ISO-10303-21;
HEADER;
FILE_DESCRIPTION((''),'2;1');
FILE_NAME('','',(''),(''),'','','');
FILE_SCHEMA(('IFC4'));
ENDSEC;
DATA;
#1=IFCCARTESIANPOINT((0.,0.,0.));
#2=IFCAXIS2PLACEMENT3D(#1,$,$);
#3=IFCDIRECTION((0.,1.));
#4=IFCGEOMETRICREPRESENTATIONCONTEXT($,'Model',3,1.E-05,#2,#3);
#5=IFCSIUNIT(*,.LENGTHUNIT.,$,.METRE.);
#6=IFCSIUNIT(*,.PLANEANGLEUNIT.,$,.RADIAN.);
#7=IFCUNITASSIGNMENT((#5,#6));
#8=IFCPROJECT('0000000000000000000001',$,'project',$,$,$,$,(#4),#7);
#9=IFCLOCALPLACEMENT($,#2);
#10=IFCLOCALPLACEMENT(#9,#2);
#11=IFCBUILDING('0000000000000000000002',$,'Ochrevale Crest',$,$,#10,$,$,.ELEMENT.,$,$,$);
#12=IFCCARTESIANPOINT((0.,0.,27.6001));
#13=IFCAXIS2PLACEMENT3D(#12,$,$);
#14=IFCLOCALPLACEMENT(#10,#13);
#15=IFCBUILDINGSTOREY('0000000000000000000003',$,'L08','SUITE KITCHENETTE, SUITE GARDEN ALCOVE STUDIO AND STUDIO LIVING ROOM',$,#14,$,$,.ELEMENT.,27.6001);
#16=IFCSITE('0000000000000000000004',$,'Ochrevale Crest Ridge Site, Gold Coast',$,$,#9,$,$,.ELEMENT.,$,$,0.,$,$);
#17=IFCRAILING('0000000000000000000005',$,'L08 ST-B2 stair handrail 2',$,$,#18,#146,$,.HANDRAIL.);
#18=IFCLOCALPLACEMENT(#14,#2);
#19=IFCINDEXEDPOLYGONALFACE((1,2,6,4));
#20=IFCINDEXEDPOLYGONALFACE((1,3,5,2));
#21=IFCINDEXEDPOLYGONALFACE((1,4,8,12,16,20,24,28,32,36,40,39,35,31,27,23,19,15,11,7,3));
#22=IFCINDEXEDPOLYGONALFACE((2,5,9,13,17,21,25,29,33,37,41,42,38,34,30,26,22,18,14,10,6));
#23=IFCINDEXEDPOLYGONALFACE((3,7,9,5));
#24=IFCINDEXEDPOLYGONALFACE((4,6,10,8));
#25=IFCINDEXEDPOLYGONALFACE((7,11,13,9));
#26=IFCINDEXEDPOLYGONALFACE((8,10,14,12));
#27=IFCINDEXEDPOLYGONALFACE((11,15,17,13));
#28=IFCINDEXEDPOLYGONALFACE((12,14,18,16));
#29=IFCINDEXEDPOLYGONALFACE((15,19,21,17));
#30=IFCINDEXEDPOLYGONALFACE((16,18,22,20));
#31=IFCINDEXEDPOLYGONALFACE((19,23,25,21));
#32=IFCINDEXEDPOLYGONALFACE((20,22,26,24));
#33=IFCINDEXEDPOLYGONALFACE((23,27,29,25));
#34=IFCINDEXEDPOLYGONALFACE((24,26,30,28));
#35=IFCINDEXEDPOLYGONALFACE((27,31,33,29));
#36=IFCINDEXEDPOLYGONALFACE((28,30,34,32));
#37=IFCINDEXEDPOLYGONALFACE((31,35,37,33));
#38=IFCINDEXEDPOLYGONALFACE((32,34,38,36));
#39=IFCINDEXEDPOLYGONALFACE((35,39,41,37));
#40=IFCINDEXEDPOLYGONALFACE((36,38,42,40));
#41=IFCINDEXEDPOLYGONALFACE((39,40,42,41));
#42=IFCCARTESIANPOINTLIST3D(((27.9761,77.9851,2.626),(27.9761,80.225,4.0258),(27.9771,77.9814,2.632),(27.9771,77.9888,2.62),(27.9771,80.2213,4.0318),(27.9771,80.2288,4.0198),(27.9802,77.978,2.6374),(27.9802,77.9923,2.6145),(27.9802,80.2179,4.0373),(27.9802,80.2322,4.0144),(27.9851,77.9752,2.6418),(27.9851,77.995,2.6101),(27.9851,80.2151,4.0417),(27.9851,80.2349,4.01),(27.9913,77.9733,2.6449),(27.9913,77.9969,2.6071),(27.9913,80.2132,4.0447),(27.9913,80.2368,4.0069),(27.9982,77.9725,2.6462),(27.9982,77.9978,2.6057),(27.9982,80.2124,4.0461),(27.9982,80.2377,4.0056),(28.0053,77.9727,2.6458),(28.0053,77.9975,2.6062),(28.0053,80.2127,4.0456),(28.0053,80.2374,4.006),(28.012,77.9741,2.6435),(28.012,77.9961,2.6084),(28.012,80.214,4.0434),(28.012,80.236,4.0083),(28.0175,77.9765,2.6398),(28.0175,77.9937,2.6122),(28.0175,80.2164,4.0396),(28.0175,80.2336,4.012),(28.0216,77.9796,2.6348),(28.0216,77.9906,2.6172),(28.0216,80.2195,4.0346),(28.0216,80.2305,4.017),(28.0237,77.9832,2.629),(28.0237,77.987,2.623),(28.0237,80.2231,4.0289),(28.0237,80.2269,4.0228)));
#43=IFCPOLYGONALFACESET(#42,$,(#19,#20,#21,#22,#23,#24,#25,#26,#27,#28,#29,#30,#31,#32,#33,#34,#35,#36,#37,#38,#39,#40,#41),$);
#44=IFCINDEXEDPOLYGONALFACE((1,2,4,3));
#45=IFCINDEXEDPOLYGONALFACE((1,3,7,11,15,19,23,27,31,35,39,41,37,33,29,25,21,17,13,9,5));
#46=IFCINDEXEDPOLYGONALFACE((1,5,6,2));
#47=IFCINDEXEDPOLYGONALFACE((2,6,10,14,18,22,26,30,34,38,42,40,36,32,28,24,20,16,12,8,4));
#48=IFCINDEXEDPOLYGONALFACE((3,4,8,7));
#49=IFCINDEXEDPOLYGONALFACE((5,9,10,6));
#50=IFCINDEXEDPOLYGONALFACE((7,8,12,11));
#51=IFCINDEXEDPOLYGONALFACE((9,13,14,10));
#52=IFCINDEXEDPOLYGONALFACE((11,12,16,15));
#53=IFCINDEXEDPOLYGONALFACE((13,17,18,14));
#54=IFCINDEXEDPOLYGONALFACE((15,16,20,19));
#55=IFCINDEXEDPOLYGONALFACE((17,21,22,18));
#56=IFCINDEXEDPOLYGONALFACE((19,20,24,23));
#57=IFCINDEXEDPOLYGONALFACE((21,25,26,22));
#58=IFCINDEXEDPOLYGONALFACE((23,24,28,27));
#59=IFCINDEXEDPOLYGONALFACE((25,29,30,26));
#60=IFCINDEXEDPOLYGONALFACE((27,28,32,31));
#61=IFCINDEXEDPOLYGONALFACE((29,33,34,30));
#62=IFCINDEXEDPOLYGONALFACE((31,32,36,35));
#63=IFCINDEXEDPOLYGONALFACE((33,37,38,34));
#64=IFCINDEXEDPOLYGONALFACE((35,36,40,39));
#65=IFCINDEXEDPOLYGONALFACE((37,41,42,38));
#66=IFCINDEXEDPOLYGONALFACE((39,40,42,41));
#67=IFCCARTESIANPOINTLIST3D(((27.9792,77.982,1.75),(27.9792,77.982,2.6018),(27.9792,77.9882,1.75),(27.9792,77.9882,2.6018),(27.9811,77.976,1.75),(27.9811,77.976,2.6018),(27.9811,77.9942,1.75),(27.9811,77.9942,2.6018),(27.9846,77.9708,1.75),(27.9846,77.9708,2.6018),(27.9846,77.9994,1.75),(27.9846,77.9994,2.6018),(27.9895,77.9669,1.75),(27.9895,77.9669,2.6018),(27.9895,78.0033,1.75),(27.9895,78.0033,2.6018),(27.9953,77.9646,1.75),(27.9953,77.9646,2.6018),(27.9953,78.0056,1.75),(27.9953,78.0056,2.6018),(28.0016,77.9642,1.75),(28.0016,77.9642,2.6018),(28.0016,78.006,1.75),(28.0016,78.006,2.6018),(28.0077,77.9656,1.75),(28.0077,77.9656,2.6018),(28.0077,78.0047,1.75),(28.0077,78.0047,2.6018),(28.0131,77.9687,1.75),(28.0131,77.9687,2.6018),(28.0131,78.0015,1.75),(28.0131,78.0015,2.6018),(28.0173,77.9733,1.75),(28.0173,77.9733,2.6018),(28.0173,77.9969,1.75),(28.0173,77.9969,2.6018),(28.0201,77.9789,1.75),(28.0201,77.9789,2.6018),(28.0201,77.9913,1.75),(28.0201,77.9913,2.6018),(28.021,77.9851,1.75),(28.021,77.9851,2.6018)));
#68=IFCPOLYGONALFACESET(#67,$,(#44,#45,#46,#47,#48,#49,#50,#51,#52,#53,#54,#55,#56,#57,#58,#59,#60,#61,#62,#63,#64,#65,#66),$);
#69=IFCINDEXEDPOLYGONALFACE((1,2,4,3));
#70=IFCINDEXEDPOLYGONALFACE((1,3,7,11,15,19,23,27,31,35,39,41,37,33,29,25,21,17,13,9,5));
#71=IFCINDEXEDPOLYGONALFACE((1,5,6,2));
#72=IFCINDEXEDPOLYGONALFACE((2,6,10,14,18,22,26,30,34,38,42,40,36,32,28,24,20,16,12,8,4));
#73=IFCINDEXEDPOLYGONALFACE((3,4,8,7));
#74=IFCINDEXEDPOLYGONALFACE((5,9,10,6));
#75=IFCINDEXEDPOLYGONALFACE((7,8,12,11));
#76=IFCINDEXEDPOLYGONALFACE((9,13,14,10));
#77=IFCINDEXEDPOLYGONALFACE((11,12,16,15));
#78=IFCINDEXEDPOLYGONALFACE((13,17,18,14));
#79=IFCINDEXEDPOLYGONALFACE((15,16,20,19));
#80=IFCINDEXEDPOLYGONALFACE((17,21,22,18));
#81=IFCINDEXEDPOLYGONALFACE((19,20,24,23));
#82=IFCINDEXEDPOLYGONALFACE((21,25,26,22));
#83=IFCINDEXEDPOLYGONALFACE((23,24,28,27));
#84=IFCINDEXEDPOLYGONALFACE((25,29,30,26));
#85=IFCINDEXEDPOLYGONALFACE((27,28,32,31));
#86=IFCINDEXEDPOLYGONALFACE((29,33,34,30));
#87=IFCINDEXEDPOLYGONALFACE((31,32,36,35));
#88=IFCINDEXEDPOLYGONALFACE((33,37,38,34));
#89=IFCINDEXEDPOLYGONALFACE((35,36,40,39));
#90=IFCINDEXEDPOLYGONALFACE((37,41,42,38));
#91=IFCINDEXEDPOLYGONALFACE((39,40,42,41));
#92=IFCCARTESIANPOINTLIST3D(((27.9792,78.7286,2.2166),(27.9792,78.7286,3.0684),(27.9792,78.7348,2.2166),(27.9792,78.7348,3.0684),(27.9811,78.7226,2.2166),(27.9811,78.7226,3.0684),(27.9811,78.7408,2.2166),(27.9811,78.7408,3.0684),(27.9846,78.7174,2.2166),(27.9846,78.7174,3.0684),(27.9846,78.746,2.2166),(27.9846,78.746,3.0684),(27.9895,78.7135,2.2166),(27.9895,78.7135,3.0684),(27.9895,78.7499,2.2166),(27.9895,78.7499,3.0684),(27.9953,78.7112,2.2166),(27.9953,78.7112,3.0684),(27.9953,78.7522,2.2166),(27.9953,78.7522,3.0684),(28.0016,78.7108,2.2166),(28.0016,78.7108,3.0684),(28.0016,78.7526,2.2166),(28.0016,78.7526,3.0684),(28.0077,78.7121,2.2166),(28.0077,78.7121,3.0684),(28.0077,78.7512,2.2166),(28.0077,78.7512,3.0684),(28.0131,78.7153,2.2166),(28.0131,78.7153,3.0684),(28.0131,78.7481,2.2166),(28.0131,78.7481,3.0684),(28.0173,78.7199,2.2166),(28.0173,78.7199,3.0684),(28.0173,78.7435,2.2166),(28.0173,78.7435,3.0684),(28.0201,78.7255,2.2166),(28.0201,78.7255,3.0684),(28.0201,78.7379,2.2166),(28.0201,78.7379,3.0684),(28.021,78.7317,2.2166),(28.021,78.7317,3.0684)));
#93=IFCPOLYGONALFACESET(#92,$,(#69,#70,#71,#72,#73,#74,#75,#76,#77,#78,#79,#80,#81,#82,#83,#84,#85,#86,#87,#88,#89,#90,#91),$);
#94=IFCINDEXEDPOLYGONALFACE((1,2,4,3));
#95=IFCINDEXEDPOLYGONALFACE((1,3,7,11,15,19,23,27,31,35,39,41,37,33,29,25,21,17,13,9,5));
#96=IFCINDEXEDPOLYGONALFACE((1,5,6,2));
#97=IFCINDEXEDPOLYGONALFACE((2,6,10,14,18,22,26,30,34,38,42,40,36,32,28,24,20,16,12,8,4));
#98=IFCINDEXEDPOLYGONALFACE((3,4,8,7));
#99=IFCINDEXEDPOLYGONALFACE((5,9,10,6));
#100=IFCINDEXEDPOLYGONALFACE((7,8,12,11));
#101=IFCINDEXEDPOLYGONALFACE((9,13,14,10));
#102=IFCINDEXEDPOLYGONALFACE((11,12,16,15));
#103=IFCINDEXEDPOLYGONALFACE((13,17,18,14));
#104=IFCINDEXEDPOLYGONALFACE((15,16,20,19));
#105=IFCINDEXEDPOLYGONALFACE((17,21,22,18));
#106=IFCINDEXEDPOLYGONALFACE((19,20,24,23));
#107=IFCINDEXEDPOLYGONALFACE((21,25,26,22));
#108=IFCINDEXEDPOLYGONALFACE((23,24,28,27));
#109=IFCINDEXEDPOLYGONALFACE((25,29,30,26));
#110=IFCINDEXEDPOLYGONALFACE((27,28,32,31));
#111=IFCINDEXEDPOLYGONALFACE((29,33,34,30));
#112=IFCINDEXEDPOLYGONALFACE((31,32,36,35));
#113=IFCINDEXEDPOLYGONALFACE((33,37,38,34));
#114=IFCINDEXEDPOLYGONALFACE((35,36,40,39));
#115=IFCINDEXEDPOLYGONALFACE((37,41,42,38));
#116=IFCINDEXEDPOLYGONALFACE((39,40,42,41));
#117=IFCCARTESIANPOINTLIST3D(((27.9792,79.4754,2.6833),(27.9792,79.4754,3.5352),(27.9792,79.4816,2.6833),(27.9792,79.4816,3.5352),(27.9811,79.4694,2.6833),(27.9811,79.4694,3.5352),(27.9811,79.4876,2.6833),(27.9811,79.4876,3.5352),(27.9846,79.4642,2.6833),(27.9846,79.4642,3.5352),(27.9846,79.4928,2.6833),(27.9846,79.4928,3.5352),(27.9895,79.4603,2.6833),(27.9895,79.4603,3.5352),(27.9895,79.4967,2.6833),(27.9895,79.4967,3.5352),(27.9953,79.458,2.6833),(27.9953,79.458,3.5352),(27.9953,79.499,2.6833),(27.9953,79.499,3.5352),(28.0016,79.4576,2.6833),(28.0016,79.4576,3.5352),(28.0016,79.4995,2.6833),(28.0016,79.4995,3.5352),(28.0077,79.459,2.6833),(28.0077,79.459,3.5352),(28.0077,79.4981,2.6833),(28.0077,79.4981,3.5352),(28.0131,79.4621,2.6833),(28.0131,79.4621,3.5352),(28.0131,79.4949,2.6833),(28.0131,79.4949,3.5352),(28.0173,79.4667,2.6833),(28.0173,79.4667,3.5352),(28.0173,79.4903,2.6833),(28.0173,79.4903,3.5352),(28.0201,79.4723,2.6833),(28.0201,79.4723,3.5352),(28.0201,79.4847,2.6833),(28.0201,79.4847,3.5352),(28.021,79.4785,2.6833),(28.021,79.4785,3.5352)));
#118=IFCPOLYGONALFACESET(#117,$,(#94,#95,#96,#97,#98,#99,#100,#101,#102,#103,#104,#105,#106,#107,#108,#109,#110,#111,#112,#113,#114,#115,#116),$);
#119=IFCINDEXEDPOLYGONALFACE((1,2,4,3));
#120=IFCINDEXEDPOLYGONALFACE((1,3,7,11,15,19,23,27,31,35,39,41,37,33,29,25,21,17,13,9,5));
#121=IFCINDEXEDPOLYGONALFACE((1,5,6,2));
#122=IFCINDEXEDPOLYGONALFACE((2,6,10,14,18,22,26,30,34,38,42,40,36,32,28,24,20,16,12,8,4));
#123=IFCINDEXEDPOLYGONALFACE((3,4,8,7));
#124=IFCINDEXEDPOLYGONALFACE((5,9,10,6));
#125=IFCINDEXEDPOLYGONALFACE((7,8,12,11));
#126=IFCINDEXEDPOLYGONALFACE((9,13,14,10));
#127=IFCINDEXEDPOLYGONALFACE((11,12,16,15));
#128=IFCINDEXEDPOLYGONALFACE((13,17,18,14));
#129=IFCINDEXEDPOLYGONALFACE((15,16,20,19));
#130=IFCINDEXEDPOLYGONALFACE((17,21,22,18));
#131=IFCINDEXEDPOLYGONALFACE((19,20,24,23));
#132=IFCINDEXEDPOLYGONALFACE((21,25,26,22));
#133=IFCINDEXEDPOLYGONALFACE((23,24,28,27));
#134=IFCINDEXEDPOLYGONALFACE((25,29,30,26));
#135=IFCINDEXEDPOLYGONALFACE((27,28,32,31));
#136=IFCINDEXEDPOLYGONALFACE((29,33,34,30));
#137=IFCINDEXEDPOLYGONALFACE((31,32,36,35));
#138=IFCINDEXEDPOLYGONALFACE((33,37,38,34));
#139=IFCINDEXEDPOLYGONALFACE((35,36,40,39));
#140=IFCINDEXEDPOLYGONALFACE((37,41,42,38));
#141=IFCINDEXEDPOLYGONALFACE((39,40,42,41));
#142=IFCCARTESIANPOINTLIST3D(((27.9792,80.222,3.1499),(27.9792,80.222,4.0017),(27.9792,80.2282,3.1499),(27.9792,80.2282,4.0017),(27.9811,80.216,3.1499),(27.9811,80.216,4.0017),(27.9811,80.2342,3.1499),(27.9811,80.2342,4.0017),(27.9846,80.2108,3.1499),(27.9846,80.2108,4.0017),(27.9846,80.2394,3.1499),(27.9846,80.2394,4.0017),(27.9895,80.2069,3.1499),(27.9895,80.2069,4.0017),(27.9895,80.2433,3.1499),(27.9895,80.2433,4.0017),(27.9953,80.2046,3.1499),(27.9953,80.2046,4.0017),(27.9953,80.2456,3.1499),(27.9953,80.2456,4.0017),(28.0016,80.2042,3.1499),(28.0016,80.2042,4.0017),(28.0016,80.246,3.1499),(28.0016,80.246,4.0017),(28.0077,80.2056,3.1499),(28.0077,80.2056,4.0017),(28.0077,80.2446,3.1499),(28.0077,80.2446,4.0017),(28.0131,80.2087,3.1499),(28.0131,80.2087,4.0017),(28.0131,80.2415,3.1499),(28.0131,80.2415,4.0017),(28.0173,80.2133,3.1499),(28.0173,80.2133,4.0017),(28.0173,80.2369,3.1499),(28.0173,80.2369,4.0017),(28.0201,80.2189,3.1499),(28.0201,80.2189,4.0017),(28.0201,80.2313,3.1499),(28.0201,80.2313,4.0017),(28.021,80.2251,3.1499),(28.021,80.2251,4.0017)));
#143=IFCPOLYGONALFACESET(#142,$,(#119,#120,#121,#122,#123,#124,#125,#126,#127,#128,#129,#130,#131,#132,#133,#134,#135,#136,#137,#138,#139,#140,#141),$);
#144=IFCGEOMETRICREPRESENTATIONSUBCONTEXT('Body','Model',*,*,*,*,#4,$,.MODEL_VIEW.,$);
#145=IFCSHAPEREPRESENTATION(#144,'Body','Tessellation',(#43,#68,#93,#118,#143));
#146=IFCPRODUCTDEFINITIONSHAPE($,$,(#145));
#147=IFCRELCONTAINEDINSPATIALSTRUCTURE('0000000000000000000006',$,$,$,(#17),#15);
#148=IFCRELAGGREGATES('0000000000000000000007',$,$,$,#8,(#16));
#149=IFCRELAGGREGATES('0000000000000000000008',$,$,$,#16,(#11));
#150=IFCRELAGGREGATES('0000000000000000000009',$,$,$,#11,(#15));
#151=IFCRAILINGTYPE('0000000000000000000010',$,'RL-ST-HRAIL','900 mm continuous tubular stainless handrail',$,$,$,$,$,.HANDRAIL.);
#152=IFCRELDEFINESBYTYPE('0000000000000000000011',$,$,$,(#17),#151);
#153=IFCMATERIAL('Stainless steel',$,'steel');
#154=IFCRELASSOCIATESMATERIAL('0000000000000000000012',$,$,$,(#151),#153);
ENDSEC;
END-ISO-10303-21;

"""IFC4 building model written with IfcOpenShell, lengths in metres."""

from ifc_helpers import new_model, si_unit, direction, frame, origin, origin_2d, place, context, subcontext, project, spatial, circle, extrude, material, type_object, element, save


model = new_model("IFC4")

# Units and contexts
model_context = context("Model", 3, precision=1e-05, world=origin(), true_north=direction((0.0, 1.0)))
body_context = subcontext(model_context, "Body", "Model", "MODEL_VIEW")
ifc_project = project(units=[si_unit("LENGTHUNIT", "METRE"), si_unit("PLANEANGLEUNIT", "RADIAN")], contexts=[model_context])

# Site, building, storey
site_placement = place(None, origin())
site = spatial("IfcSite", under=ifc_project, at=site_placement, Name="Ochrevale Crest Ridge Site, Gold Coast", CompositionType="ELEMENT", RefElevation=0.0)
building_placement = place(site_placement, origin())
building = spatial("IfcBuilding", under=site, at=building_placement, Name="Ochrevale Crest", CompositionType="ELEMENT")
storey_placement = place(building_placement, frame((0.0, 0.0, 27.6001)))
storey = spatial("IfcBuildingStorey", under=building, at=storey_placement, Name="L08", Description="SUITE KITCHENETTE, SUITE GARDEN ALCOVE STUDIO AND STUDIO LIVING ROOM", CompositionType="ELEMENT", Elevation=27.6001)

# Railing
ifc_material_1 = material(Name="Stainless steel", Category="steel")
railing_type_1 = type_object("IfcRailingType", Name="RL-ST-HRAIL", Description="900 mm continuous tubular stainless handrail", PredefinedType="HANDRAIL", material=ifc_material_1)
railing_1_placement = place(storey_placement, frame((28.0, 77.9851, 1.75)))
element("IfcRailing", 1, at=railing_1_placement, inside=storey, type_object=railing_type_1, Name="L08 ST-B2 stair handrail 2", PredefinedType="HANDRAIL", context=body_context, shape_type="SweptSolid", body=[
    extrude(circle(Radius=0.0239, at=origin_2d()), frame((0.0, 0.0, 0.876), z_axis=(0.0, 0.848014, 0.529974), x_axis=(-1.0, 0.0, 0.0)), (0.0, 0.0, 1.0), 2.6414),
    extrude(circle(Radius=0.021, at=origin_2d()), origin(), (0.0, 0.0, 1.0), 0.8518),
    extrude(circle(Radius=0.021, at=origin_2d()), frame((0.0, 0.7466, 0.4666)), (0.0, 0.0, 1.0), 0.8518),
    extrude(circle(Radius=0.021, at=origin_2d()), frame((0.0, 1.4934, 0.9333)), (0.0, 0.0, 1.0), 0.8518),
    extrude(circle(Radius=0.021, at=origin_2d()), frame((0.0, 2.24, 1.3999)), (0.0, 0.0, 1.0), 0.8518),
])

save(model, "model.ifc")
